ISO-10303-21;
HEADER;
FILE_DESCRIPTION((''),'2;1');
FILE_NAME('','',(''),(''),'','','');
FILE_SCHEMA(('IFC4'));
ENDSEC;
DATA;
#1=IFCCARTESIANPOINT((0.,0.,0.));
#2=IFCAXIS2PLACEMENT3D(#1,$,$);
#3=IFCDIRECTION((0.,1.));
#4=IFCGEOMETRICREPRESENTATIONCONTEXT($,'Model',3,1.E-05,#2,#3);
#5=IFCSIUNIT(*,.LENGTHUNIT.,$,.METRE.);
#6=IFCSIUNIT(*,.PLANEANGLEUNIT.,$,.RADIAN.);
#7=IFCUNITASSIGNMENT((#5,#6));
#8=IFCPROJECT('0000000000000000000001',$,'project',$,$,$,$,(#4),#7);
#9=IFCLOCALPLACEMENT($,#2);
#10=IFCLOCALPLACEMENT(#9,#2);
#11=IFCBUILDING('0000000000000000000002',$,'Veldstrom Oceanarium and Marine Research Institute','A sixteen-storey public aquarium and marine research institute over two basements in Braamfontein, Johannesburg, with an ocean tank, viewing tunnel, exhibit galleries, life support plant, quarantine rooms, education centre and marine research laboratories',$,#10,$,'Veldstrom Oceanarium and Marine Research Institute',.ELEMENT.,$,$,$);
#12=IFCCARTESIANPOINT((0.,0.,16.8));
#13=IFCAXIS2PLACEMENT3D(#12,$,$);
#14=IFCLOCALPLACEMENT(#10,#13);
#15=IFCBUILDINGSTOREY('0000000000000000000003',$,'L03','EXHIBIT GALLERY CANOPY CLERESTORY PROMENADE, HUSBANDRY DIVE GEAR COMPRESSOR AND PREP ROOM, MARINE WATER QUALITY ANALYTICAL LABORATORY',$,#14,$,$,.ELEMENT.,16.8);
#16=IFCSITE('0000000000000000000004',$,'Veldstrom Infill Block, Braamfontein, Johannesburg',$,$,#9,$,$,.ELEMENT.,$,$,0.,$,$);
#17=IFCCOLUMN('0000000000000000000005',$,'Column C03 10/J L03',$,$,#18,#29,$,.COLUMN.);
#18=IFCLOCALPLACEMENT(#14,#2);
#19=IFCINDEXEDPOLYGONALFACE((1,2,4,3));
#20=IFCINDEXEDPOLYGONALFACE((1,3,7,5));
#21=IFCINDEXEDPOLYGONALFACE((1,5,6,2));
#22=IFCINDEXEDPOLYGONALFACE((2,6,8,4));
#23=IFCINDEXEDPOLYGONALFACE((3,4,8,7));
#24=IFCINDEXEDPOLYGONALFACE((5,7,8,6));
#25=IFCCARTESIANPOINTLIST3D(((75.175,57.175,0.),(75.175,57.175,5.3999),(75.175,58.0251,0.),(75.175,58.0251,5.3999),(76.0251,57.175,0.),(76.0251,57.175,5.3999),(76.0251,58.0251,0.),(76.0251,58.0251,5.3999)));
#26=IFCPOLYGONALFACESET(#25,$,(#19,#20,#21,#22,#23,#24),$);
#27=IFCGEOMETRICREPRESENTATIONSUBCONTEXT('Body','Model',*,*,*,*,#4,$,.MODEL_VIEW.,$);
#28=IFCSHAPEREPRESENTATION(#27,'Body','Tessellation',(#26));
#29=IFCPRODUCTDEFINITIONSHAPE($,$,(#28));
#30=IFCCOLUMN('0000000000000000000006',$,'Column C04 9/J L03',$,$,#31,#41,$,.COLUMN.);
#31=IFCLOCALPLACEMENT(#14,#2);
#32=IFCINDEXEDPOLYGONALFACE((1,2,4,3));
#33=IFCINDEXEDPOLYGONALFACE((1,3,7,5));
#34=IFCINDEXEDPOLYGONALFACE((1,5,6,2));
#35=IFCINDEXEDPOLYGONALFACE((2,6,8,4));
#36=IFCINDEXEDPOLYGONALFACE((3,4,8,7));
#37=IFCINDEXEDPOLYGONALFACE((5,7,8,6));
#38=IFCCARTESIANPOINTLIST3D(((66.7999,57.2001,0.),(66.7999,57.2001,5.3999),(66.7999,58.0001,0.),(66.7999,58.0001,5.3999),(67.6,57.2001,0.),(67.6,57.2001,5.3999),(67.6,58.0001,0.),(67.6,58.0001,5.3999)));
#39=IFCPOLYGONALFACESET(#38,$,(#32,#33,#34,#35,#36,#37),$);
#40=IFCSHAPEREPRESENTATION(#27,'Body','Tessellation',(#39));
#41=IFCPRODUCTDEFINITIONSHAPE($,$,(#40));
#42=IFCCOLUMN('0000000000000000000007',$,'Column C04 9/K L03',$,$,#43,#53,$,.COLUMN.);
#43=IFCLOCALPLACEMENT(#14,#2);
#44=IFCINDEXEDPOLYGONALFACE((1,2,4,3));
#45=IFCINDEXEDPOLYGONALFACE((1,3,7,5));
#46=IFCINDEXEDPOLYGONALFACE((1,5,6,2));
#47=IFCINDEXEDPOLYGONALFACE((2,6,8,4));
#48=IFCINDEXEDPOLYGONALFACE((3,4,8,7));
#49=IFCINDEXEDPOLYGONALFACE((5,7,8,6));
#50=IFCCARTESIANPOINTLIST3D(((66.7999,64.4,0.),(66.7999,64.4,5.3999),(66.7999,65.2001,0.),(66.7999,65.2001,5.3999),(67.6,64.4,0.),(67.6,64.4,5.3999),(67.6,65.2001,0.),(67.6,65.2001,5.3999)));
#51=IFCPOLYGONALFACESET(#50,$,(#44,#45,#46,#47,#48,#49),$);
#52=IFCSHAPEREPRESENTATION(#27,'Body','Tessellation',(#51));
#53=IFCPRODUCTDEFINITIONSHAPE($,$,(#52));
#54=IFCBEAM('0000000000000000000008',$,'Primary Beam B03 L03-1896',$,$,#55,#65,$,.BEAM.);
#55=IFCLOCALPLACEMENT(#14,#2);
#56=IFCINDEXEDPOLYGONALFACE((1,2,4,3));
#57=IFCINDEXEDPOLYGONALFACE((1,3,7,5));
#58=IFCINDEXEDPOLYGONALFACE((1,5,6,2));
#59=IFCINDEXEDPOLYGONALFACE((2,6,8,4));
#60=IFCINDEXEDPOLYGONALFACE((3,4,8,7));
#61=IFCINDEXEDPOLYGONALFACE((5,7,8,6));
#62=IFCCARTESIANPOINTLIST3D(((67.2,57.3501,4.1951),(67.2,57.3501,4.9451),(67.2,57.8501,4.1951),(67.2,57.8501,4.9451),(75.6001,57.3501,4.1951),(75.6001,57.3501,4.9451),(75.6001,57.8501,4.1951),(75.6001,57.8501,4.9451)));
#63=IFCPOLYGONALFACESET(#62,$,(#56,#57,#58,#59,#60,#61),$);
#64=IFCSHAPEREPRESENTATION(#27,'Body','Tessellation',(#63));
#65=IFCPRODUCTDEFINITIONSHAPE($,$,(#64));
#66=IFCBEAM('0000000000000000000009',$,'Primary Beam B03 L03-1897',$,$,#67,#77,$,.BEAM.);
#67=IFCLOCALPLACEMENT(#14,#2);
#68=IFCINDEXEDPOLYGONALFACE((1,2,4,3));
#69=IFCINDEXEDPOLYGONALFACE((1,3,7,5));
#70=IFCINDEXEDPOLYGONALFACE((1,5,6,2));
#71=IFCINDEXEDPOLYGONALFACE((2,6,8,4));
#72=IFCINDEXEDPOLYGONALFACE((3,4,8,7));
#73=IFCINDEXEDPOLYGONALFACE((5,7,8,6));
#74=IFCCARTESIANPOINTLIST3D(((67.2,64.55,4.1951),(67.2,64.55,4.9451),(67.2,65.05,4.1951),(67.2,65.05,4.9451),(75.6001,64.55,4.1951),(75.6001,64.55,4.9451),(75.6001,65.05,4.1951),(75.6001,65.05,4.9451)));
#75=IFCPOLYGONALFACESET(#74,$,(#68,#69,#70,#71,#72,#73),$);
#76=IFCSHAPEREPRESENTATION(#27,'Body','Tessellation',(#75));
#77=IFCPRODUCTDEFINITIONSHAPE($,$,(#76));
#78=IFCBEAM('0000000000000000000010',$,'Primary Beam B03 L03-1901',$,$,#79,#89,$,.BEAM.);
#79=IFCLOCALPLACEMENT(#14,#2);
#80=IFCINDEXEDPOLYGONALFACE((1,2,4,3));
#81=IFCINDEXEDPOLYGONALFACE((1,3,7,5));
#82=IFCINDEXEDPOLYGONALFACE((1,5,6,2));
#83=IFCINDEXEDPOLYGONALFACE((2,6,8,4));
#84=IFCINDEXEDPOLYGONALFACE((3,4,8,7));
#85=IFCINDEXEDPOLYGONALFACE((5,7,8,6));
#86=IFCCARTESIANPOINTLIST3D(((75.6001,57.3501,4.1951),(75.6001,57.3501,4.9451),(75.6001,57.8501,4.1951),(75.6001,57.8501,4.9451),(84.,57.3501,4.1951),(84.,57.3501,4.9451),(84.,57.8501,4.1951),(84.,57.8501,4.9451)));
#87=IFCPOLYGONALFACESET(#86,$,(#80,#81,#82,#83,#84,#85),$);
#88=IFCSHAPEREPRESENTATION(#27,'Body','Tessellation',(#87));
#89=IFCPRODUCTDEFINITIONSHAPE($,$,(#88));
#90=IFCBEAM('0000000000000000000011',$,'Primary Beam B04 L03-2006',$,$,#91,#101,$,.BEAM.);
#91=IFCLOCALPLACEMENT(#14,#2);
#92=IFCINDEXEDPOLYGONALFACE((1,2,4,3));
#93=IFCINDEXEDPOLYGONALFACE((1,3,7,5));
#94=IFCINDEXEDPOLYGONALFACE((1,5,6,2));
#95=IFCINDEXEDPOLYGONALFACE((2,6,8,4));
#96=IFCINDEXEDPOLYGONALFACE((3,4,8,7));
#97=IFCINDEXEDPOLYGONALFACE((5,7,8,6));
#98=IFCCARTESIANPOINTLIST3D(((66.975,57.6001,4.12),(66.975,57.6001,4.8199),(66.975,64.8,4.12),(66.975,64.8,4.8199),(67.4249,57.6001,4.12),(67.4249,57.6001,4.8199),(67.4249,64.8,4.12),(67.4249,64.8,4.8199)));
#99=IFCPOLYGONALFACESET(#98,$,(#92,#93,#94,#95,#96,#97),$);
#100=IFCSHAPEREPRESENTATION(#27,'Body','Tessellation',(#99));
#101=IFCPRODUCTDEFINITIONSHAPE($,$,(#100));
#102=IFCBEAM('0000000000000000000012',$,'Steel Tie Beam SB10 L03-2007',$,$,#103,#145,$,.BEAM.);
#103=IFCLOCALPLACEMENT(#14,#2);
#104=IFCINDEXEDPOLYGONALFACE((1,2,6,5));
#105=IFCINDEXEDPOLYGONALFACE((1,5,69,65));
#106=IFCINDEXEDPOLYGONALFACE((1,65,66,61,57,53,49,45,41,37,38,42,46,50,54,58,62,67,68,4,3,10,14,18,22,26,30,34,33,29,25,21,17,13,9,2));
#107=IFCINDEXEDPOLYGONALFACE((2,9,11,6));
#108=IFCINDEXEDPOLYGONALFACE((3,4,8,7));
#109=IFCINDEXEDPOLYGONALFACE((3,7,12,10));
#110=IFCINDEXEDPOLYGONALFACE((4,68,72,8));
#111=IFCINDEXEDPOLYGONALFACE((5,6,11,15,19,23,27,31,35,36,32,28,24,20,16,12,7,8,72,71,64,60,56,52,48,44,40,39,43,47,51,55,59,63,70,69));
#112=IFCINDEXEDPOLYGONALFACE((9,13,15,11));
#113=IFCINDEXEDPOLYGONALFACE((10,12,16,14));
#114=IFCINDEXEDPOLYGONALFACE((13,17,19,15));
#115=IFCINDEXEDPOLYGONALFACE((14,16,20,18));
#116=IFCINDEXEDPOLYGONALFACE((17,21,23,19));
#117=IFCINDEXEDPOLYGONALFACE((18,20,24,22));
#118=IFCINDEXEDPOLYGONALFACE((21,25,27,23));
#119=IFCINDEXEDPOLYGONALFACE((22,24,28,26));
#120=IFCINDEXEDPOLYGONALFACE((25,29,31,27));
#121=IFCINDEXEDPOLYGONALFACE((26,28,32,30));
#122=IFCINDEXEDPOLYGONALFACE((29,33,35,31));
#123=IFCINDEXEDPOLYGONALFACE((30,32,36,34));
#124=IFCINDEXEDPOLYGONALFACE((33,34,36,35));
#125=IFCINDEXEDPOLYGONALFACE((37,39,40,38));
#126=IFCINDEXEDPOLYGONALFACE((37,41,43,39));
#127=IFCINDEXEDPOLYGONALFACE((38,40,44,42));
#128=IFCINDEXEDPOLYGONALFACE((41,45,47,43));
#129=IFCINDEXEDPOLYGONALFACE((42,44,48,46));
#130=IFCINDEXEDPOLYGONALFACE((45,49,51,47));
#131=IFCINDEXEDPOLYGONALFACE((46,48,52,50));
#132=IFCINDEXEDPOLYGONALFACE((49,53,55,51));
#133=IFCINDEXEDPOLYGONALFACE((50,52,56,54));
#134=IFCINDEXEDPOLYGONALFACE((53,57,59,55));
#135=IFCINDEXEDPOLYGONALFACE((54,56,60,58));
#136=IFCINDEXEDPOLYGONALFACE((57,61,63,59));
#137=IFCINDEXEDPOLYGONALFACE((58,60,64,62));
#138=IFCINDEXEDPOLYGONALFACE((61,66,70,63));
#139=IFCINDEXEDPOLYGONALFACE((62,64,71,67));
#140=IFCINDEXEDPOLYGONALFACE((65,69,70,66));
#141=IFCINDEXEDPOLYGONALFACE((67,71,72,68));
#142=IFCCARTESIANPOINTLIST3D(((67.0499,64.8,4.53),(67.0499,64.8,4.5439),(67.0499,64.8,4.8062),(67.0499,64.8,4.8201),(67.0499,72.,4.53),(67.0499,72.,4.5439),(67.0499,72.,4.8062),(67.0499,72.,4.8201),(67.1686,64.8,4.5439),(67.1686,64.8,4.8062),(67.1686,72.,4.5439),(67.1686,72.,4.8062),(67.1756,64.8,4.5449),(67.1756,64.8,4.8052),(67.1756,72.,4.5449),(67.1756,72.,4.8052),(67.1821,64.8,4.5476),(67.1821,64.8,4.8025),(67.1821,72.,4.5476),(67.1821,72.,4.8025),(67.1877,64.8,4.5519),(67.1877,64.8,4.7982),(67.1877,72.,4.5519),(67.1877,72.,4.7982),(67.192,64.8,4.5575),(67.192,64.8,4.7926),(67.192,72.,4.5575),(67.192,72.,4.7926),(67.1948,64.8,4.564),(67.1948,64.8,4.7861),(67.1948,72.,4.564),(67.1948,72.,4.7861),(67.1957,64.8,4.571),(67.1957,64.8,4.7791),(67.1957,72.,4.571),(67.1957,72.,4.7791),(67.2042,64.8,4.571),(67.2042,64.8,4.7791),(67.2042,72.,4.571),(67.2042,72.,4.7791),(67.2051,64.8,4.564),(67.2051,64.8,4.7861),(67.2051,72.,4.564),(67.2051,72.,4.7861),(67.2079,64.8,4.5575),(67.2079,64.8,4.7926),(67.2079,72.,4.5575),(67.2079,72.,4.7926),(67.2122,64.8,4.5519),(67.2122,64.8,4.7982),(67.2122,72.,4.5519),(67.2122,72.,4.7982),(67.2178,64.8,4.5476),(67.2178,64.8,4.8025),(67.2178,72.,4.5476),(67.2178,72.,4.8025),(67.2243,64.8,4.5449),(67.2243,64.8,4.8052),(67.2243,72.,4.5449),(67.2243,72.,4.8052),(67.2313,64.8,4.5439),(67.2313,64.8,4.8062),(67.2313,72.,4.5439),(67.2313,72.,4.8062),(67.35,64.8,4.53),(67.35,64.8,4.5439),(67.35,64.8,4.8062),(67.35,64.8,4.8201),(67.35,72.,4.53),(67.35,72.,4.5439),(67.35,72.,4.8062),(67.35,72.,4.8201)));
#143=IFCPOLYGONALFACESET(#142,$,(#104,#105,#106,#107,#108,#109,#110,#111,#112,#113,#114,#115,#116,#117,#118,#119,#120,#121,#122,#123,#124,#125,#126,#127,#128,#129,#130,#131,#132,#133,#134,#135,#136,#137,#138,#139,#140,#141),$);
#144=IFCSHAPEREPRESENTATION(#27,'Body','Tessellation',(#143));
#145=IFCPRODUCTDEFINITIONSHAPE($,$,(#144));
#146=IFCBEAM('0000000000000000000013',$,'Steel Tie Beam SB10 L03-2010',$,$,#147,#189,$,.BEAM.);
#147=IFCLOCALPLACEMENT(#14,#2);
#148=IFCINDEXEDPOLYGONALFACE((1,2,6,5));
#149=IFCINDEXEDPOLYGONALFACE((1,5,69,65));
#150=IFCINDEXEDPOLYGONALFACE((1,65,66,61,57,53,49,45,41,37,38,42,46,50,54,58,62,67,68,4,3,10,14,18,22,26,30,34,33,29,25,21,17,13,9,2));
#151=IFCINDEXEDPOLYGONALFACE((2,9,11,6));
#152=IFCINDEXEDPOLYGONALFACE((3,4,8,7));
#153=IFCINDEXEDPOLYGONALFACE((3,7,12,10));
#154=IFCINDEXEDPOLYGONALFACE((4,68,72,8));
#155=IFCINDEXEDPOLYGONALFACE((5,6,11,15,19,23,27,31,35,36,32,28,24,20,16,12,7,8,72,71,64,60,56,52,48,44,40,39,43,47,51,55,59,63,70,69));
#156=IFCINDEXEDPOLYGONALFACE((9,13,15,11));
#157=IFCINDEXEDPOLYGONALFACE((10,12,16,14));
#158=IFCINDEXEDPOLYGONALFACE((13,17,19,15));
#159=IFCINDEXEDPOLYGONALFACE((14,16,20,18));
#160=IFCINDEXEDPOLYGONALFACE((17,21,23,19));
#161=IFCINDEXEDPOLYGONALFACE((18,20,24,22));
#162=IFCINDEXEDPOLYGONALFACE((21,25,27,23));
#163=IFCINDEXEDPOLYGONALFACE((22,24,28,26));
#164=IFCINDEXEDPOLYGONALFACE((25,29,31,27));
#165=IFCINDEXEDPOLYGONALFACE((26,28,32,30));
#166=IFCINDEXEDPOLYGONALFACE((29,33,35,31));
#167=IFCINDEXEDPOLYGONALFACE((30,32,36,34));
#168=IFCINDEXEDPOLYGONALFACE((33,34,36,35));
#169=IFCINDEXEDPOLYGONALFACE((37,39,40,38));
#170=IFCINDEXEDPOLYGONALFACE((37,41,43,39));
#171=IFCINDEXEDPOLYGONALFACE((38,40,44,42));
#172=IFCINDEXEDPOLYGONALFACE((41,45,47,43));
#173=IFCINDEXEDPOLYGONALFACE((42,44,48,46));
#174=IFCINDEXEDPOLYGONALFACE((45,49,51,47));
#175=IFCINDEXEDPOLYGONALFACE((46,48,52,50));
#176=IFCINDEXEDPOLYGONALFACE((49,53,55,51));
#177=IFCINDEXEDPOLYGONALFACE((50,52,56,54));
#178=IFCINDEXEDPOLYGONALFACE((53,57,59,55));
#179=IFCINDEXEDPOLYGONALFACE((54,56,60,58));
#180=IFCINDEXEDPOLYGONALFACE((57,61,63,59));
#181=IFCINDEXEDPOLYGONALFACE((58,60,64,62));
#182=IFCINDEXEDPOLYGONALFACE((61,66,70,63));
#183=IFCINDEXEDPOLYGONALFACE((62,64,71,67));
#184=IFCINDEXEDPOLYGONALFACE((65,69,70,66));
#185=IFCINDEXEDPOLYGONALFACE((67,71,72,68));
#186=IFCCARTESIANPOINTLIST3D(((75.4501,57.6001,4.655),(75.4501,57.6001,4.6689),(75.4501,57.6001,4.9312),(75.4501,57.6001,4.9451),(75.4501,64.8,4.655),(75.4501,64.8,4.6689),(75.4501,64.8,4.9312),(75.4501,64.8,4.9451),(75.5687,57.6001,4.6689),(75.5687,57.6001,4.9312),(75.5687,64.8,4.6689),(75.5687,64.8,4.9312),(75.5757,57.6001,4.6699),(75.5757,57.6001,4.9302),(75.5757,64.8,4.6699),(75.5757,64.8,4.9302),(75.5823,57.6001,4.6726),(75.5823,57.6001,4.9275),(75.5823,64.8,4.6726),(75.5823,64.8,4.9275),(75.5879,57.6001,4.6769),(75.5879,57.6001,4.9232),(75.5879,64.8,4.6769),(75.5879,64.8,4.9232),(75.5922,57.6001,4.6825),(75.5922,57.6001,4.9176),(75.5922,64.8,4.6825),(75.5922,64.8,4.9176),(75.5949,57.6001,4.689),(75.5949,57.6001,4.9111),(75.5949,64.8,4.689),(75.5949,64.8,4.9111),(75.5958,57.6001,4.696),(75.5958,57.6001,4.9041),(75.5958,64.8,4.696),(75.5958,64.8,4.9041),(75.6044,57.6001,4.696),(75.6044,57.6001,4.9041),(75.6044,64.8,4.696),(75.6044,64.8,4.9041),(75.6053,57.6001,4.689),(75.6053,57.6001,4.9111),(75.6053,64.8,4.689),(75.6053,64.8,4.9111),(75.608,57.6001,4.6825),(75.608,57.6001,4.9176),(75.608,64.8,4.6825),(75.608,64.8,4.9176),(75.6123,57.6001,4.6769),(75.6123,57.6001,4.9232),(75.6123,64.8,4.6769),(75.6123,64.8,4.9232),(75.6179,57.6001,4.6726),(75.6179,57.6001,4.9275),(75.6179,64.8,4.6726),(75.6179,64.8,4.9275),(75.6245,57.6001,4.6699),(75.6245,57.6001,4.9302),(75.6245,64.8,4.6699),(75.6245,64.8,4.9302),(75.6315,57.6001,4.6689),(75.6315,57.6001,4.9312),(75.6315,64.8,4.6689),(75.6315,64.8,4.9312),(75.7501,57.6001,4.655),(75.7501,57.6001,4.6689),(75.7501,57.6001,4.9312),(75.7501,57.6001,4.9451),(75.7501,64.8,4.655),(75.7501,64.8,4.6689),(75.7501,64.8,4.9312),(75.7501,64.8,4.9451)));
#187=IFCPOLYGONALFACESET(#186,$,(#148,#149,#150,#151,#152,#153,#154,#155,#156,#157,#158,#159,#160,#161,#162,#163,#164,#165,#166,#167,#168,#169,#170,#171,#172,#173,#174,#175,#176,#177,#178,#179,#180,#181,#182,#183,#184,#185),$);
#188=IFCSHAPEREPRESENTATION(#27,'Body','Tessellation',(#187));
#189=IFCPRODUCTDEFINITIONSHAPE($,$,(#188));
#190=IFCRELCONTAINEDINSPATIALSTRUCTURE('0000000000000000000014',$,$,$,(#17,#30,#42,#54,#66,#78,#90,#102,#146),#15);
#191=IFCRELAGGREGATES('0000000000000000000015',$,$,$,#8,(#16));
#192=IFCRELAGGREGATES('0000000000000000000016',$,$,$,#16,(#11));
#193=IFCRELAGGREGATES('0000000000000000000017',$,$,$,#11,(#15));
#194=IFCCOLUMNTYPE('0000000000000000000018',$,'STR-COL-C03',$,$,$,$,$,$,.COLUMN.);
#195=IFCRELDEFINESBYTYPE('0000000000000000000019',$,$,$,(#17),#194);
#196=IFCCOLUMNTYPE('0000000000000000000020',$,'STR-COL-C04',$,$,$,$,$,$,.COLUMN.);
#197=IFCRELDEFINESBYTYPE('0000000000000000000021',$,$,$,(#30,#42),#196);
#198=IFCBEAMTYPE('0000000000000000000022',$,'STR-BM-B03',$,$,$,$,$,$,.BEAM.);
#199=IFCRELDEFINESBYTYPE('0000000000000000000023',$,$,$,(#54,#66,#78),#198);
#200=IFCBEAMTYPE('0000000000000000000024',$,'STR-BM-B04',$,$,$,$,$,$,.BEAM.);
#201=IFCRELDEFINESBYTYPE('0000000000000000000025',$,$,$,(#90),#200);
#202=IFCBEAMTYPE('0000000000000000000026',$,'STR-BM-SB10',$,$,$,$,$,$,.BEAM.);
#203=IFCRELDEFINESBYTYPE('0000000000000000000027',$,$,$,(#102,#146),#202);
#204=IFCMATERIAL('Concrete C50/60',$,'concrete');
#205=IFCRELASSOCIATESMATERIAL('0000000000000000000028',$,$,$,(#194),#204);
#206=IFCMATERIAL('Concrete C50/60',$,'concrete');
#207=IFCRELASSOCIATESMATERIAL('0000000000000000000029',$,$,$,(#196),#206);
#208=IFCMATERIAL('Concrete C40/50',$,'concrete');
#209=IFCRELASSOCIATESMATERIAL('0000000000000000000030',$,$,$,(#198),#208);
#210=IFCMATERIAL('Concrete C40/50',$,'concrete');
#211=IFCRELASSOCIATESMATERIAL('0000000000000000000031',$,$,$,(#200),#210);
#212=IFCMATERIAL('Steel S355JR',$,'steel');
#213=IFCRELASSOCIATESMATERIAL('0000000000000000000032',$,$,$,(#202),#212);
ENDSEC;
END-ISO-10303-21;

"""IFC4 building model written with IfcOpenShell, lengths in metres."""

from ifc_helpers import new_model, si_unit, direction, frame, origin, origin_2d, place, context, subcontext, project, spatial, rectangle, i_section, extrude, material, material_profile, profile_set, type_object, element, save


model = new_model("IFC4")

# Units and contexts
model_context = context("Model", 3, precision=1e-05, world=origin(), true_north=direction((0.0, 1.0)))
body_context = subcontext(model_context, "Body", "Model", "MODEL_VIEW")
ifc_project = project(units=[si_unit("LENGTHUNIT", "METRE"), si_unit("PLANEANGLEUNIT", "RADIAN")], contexts=[model_context])

# Site, building, storey
site_placement = place(None, origin())
site = spatial("IfcSite", under=ifc_project, at=site_placement, Name="Veldstrom Infill Block, Braamfontein, Johannesburg", CompositionType="ELEMENT", RefElevation=0.0)
building_placement = place(site_placement, origin())
building = spatial("IfcBuilding", under=site, at=building_placement, Name="Veldstrom Oceanarium and Marine Research Institute", Description="A sixteen-storey public aquarium and marine research institute over two basements in Braamfontein, Johannesburg, with an ocean tank, viewing tunnel, exhibit galleries, life support plant, quarantine rooms, education centre and marine research laboratories", LongName="Veldstrom Oceanarium and Marine Research Institute", CompositionType="ELEMENT")
storey_placement = place(building_placement, frame((0.0, 0.0, 16.8)))
storey = spatial("IfcBuildingStorey", under=building, at=storey_placement, Name="L03", Description="EXHIBIT GALLERY CANOPY CLERESTORY PROMENADE, HUSBANDRY DIVE GEAR COMPRESSOR AND PREP ROOM, MARINE WATER QUALITY ANALYTICAL LABORATORY", CompositionType="ELEMENT", Elevation=16.8)

# Columns
ifc_material_1 = material(Name="Concrete C50/60", Category="concrete")
ifc_material_profile_1 = material_profile(ifc_material_1, rectangle(XDim=0.8501, YDim=0.8501, at=origin_2d()), Name="RC-COL-850x850")
ifc_profile_set_1 = profile_set([ifc_material_profile_1], Name="Concrete C50/60")
column_type_1 = type_object("IfcColumnType", Name="STR-COL-C03", PredefinedType="COLUMN", material=ifc_profile_set_1)
column_placement = place(storey_placement, frame((75.6001, 57.6001, 0.0), z_axis=(0.0, 0.0, 1.0), x_axis=(1.0, 0.0, 0.0)))
element("IfcColumn", 1, at=column_placement, inside=storey, type_object=column_type_1, Name="Column C03 10/J L03", PredefinedType="COLUMN", context=body_context, shape_type="SweptSolid", body=[
    extrude(rectangle(XDim=0.8501, YDim=0.8501, at=origin_2d()), origin(), (0.0, 0.0, 1.0), 5.3999),
])
ifc_material_2 = material(Name="Concrete C50/60", Category="concrete")
ifc_material_profile_2 = material_profile(ifc_material_2, rectangle(XDim=0.8, YDim=0.8, at=origin_2d()), Name="RC-COL-800x800")
ifc_profile_set_2 = profile_set([ifc_material_profile_2], Name="Concrete C50/60")
column_type_2 = type_object("IfcColumnType", Name="STR-COL-C04", PredefinedType="COLUMN", material=ifc_profile_set_2)
for number, where, z_axis, x_axis, name in (
    (2, (67.2, 57.6001, 0.0), (0.0, 0.0, 1.0), (1.0, 0.0, 0.0), "Column C04 9/J L03"),
    (3, (67.2, 64.8, 0.0), (0.0, 0.0, 1.0), (1.0, 0.0, 0.0), "Column C04 9/K L03"),
):
    element("IfcColumn", number, at=place(storey_placement, frame(where, z_axis=z_axis, x_axis=x_axis)), inside=storey, type_object=column_type_2, Name=name, PredefinedType="COLUMN", context=body_context, shape_type="SweptSolid", body=[
        extrude(rectangle(XDim=0.8, YDim=0.8, at=origin_2d()), origin(), (0.0, 0.0, 1.0), 5.3999),
    ])

# Beams
ifc_material_3 = material(Name="Concrete C40/50", Category="concrete")
ifc_material_profile_3 = material_profile(ifc_material_3, rectangle(XDim=0.5, YDim=0.75, at=origin_2d()), Name="RC-BM-500x750")
ifc_profile_set_3 = profile_set([ifc_material_profile_3], Name="Concrete C40/50")
beam_type_1 = type_object("IfcBeamType", Name="STR-BM-B03", PredefinedType="BEAM", material=ifc_profile_set_3)
for number, where, z_axis, x_axis, name in (
    (4, (67.2, 57.6001, 4.5701), (1.0, 0.0, 0.0), (0.0, 1.0, 0.0), "Primary Beam B03 L03-1896"),
    (5, (67.2, 64.8, 4.5701), (1.0, 0.0, 0.0), (0.0, 1.0, 0.0), "Primary Beam B03 L03-1897"),
):
    element("IfcBeam", number, at=place(storey_placement, frame(where, z_axis=z_axis, x_axis=x_axis)), inside=storey, type_object=beam_type_1, Name=name, PredefinedType="BEAM", context=body_context, shape_type="SweptSolid", body=[
        extrude(rectangle(XDim=0.5, YDim=0.75, at=origin_2d()), origin(), (0.0, 0.0, 1.0), 8.4001),
    ])
beam_1_placement = place(storey_placement, frame((75.6001, 57.6001, 4.5701), z_axis=(1.0, 0.0, 0.0), x_axis=(0.0, 1.0, 0.0)))
element("IfcBeam", 6, at=beam_1_placement, inside=storey, type_object=beam_type_1, Name="Primary Beam B03 L03-1901", PredefinedType="BEAM", context=body_context, shape_type="SweptSolid", body=[
    extrude(rectangle(XDim=0.5, YDim=0.75, at=origin_2d()), origin(), (0.0, 0.0, 1.0), 8.3999),
])
ifc_material_4 = material(Name="Concrete C40/50", Category="concrete")
ifc_material_profile_4 = material_profile(ifc_material_4, rectangle(XDim=0.45, YDim=0.7, at=origin_2d()), Name="RC-BM-450x700")
ifc_profile_set_4 = profile_set([ifc_material_profile_4], Name="Concrete C40/50")
beam_type_2 = type_object("IfcBeamType", Name="STR-BM-B04", PredefinedType="BEAM", material=ifc_profile_set_4)
beam_2_placement = place(storey_placement, frame((67.2, 57.6001, 4.47), z_axis=(0.0, 1.0, 0.0), x_axis=(-1.0, 0.0, 0.0)))
element("IfcBeam", 7, at=beam_2_placement, inside=storey, type_object=beam_type_2, Name="Primary Beam B04 L03-2006", PredefinedType="BEAM", context=body_context, shape_type="SweptSolid", body=[
    extrude(rectangle(XDim=0.45, YDim=0.7, at=origin_2d()), origin(), (0.0, 0.0, 1.0), 7.2),
])
ifc_material_5 = material(Name="Steel S355JR", Category="steel")
ifc_material_profile_5 = material_profile(ifc_material_5, i_section(OverallWidth=0.3, OverallDepth=0.29, WebThickness=0.0085, FlangeThickness=0.0139, FilletRadius=0.0271, at=origin_2d()), Name="HEA 300")
ifc_profile_set_5 = profile_set([ifc_material_profile_5], Name="Steel S355JR")
beam_type_3 = type_object("IfcBeamType", Name="STR-BM-SB10", PredefinedType="BEAM", material=ifc_profile_set_5)
for number, where, z_axis, x_axis, name in (
    (8, (67.2, 64.8, 4.675), (0.0, 1.0, 0.0), (-1.0, 0.0, 0.0), "Steel Tie Beam SB10 L03-2007"),
    (9, (75.6001, 57.6001, 4.8), (0.0, 1.0, 0.0), (-1.0, 0.0, 0.0), "Steel Tie Beam SB10 L03-2010"),
):
    element("IfcBeam", number, at=place(storey_placement, frame(where, z_axis=z_axis, x_axis=x_axis)), inside=storey, type_object=beam_type_3, Name=name, PredefinedType="BEAM", context=body_context, shape_type="SweptSolid", body=[
        extrude(i_section(OverallWidth=0.3, OverallDepth=0.29, WebThickness=0.0085, FlangeThickness=0.0139, FilletRadius=0.0271, at=origin_2d()), origin(), (0.0, 0.0, 1.0), 7.2),
    ])

save(model, "model.ifc")
